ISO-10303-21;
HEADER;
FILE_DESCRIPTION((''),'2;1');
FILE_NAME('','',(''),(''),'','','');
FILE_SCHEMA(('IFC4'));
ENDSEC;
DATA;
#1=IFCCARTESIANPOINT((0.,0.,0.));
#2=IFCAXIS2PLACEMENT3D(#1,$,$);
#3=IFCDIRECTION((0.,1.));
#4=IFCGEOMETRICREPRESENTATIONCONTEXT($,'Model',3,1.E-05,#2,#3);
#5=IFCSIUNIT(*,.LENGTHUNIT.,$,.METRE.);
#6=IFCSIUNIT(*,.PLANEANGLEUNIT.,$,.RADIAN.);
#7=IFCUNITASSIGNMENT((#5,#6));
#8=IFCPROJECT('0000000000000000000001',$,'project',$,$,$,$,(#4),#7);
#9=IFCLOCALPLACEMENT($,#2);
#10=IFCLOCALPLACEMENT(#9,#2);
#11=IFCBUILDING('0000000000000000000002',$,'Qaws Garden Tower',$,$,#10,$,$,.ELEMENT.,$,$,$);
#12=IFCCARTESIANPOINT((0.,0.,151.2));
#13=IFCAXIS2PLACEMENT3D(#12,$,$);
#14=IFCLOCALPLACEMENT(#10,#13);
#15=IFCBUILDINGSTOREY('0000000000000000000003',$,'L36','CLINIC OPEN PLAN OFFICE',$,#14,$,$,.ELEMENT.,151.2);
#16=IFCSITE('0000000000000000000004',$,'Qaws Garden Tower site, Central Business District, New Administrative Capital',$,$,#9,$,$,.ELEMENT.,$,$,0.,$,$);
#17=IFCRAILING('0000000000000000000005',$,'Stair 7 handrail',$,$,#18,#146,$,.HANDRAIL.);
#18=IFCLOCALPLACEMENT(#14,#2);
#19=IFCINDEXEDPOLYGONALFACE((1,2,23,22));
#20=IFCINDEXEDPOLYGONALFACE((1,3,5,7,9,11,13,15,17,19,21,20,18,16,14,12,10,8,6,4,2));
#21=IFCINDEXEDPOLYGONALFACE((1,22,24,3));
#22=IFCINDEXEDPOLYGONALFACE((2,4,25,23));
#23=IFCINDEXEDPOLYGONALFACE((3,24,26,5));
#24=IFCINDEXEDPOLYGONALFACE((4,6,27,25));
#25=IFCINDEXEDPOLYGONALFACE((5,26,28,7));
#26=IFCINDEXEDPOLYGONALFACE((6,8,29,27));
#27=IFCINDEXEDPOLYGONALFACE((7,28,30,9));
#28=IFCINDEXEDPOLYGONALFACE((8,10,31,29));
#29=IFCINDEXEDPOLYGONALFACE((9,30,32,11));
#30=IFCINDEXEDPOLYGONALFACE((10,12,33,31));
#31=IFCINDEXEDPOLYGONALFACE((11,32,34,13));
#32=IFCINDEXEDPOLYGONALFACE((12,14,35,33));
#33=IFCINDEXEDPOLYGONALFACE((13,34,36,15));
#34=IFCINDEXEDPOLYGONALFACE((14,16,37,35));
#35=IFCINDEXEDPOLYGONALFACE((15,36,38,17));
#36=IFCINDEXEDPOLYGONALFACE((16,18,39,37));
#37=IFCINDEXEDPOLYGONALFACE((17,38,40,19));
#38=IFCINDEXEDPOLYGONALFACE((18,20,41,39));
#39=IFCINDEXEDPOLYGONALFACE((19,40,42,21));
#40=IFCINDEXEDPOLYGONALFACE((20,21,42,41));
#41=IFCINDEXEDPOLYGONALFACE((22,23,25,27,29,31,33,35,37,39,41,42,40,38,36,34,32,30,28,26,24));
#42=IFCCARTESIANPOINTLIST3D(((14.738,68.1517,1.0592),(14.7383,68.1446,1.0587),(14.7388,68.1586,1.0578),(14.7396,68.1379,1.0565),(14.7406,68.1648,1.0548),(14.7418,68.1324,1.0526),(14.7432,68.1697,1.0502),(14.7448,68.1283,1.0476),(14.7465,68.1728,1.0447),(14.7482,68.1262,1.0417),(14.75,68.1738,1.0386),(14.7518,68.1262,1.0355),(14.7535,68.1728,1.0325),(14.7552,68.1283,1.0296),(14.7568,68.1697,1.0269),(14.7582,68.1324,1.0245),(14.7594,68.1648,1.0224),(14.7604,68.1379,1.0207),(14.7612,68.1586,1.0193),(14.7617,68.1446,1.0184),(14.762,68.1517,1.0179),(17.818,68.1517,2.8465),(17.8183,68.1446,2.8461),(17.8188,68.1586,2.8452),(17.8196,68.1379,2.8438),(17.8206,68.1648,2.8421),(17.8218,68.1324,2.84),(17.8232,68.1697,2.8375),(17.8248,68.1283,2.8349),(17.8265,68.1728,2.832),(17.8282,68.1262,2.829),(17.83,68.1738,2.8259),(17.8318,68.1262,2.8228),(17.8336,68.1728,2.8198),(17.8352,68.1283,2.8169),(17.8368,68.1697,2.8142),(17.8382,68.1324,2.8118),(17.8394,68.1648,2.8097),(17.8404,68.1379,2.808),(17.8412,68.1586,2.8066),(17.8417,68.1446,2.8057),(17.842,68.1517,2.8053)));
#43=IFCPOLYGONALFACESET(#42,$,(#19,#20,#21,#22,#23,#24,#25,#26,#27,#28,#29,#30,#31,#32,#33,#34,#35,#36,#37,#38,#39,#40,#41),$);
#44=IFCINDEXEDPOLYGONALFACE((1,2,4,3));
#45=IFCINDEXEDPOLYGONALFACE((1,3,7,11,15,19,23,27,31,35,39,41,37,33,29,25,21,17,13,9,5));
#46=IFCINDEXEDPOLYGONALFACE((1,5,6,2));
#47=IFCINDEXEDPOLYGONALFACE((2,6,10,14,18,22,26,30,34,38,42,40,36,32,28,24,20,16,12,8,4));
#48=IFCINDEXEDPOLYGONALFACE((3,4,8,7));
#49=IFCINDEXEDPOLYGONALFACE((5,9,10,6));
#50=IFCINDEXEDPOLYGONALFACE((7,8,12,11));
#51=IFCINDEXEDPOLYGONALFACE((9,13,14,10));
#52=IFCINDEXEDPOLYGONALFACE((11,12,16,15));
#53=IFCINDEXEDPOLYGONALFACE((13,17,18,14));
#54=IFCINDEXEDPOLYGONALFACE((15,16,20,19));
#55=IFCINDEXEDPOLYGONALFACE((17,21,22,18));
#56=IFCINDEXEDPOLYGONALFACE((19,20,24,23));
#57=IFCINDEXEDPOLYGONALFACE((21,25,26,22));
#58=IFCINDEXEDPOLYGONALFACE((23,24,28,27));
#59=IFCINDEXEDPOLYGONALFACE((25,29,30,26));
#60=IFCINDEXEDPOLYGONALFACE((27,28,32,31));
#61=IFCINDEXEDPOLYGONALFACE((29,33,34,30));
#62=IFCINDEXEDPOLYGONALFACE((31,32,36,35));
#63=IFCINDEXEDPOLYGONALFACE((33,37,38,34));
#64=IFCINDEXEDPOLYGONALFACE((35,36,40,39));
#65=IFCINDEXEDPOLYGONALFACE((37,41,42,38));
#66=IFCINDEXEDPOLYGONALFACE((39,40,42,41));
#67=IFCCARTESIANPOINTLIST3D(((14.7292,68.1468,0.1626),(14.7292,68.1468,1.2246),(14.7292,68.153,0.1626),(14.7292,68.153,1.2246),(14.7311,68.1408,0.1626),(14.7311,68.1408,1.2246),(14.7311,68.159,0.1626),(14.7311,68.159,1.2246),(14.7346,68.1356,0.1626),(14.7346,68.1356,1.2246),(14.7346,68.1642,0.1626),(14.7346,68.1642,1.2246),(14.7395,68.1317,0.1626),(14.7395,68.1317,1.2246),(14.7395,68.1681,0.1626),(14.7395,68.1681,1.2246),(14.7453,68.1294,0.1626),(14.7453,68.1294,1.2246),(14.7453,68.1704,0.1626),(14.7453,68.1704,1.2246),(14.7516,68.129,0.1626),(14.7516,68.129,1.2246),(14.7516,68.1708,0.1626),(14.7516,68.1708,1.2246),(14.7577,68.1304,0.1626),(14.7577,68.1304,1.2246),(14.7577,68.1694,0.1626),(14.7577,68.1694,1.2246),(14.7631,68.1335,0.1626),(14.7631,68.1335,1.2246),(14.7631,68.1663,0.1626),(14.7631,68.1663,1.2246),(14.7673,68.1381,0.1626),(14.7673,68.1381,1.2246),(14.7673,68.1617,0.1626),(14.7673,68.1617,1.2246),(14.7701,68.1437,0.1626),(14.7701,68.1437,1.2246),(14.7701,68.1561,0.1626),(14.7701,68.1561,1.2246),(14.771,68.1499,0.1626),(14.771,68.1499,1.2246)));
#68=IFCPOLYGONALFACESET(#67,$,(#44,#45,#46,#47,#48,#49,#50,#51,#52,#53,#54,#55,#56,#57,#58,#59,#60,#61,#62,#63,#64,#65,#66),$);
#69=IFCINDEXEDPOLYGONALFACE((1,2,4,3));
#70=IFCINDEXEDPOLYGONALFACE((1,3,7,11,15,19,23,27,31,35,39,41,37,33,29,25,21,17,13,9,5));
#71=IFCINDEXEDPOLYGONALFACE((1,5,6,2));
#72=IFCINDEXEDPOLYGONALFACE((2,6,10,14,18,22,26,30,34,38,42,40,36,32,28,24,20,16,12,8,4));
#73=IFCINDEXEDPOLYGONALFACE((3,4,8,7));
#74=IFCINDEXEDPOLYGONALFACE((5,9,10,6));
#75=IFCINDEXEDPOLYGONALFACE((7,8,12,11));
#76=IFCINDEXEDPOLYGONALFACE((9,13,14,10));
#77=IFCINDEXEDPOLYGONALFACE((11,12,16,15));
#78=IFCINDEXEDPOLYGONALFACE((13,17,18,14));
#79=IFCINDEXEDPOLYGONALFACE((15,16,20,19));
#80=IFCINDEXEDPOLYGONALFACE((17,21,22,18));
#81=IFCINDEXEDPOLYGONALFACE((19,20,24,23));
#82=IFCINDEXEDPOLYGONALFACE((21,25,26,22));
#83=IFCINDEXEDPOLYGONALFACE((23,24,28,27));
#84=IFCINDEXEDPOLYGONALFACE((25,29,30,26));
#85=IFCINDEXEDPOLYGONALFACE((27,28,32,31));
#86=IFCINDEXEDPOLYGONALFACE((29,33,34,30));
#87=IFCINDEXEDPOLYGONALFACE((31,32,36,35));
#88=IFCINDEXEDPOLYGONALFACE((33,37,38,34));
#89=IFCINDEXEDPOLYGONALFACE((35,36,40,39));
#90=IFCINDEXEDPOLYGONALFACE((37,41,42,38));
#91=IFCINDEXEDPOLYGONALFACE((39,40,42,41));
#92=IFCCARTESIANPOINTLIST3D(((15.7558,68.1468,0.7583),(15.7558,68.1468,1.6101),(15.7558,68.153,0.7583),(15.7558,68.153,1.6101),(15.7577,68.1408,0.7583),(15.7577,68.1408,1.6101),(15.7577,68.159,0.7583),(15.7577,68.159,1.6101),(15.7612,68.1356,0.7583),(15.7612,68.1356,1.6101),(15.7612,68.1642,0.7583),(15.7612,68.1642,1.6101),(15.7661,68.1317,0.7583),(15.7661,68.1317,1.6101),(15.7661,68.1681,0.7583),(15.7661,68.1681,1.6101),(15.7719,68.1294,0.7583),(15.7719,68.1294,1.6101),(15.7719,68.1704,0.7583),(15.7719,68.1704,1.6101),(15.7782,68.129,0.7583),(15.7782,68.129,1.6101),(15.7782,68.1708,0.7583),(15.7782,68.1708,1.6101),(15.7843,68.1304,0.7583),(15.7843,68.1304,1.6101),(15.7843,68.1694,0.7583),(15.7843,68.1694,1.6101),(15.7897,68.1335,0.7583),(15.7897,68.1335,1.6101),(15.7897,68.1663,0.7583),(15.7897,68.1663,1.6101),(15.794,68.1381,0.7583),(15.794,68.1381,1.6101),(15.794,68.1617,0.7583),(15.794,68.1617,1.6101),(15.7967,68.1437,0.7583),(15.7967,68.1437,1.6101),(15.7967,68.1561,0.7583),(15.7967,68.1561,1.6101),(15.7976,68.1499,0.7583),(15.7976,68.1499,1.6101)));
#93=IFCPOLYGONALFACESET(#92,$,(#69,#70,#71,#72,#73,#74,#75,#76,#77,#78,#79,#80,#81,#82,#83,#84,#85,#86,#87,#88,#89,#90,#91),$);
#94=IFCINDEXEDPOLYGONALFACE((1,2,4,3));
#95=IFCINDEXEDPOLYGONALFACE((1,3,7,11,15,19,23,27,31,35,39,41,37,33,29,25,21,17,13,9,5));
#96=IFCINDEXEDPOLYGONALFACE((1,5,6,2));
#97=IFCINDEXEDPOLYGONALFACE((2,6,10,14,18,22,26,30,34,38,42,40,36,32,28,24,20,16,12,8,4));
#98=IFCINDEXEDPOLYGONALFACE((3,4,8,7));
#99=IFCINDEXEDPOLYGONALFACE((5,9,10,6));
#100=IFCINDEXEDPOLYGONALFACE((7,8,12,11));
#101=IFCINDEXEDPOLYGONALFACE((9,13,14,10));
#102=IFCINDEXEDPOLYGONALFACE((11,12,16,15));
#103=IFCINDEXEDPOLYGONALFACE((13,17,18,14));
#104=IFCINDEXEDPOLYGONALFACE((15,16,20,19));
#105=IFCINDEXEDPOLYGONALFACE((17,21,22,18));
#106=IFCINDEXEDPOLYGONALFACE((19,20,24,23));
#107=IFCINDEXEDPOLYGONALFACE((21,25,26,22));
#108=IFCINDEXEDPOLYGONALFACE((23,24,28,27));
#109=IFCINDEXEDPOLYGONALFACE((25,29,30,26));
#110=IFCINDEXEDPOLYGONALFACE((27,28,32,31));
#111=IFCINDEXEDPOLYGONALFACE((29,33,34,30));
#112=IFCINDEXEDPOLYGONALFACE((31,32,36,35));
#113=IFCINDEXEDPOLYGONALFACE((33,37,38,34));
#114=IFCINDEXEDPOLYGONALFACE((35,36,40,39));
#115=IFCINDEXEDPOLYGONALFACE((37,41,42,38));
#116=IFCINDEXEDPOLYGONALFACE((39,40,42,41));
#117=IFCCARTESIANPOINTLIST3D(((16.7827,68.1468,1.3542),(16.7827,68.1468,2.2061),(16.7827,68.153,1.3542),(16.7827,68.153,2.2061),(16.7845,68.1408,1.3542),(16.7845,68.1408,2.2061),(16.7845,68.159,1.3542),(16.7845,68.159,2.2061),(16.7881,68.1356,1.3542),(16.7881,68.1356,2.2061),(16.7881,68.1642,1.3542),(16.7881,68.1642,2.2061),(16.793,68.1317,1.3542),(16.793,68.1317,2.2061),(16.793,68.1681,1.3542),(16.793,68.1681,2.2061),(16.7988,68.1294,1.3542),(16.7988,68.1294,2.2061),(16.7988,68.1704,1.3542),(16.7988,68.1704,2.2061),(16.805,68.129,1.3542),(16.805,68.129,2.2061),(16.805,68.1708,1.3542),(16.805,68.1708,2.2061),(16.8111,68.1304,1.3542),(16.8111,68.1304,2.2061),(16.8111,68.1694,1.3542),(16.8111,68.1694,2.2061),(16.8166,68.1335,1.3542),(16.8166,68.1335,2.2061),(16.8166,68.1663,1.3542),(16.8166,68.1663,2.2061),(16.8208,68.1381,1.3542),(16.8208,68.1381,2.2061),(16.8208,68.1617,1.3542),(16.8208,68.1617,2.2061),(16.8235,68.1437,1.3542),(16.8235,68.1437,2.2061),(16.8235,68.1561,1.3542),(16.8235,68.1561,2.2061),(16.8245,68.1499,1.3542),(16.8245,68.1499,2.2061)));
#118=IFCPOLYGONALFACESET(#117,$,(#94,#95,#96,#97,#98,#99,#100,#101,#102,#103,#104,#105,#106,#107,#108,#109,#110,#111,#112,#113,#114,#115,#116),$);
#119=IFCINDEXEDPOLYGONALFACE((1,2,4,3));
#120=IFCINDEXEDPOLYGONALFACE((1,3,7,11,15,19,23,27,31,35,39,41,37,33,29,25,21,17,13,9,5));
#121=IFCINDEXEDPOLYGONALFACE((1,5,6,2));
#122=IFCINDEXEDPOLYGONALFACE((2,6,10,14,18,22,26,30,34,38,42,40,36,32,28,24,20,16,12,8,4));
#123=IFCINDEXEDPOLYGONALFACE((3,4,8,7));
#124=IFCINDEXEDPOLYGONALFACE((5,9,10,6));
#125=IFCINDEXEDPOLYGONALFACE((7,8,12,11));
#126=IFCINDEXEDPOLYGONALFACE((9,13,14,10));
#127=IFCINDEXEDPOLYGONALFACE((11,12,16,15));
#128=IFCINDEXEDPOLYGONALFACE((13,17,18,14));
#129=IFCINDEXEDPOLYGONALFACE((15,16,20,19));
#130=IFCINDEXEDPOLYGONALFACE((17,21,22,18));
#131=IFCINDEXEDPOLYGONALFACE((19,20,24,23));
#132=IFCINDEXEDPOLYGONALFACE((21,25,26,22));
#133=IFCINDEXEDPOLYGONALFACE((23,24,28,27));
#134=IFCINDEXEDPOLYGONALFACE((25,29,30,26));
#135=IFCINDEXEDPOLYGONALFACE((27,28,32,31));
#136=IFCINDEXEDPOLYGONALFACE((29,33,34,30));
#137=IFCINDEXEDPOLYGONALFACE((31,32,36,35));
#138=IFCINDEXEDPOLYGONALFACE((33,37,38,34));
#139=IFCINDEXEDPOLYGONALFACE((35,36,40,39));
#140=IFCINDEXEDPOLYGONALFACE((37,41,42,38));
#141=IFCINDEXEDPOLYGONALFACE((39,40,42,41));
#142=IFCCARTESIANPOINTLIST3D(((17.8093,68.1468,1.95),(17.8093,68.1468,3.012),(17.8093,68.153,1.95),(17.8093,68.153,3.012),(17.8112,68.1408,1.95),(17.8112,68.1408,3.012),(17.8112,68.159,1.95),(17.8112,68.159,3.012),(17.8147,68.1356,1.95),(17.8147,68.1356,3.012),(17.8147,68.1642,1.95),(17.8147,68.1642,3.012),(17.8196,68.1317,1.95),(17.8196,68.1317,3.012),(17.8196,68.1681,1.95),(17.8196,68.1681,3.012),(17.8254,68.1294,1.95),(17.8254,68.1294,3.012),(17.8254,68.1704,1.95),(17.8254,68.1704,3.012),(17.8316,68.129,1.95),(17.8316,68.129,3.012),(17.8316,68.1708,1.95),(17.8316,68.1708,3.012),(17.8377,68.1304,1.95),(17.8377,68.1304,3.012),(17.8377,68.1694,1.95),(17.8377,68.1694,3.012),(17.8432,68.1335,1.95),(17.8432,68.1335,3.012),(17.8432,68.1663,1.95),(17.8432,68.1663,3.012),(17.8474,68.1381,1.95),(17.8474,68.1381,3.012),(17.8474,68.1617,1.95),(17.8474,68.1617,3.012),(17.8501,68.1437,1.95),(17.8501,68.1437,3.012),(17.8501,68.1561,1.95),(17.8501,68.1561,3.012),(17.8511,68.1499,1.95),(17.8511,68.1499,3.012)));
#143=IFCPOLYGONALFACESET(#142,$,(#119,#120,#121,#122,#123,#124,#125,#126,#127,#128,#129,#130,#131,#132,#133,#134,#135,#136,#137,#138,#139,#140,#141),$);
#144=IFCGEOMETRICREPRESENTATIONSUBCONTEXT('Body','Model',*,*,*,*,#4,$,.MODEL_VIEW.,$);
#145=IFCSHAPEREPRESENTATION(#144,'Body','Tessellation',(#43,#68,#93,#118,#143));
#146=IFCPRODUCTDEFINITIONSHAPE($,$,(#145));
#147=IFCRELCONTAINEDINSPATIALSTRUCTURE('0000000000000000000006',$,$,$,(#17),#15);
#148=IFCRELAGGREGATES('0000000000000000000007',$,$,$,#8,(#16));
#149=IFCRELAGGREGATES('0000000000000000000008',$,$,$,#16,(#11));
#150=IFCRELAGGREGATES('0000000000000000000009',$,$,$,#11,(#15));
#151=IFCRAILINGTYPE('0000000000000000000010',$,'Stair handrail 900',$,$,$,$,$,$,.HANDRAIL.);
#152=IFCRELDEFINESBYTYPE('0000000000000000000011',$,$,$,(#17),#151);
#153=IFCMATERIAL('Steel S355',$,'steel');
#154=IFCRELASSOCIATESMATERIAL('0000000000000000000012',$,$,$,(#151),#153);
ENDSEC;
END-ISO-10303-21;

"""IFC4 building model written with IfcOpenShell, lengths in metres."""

from ifc_helpers import new_model, si_unit, direction, frame, origin, origin_2d, place, context, subcontext, project, spatial, circle, extrude, material, type_object, element, save


model = new_model("IFC4")

# Units and contexts
model_context = context("Model", 3, precision=1e-05, world=origin(), true_north=direction((0.0, 1.0)))
body_context = subcontext(model_context, "Body", "Model", "MODEL_VIEW")
ifc_project = project(units=[si_unit("LENGTHUNIT", "METRE"), si_unit("PLANEANGLEUNIT", "RADIAN")], contexts=[model_context])

# Site, building, storey
site_placement = place(None, origin())
site = spatial("IfcSite", under=ifc_project, at=site_placement, Name="Qaws Garden Tower site, Central Business District, New Administrative Capital", CompositionType="ELEMENT", RefElevation=0.0)
building_placement = place(site_placement, origin())
building = spatial("IfcBuilding", under=site, at=building_placement, Name="Qaws Garden Tower", CompositionType="ELEMENT")
storey_placement = place(building_placement, frame((0.0, 0.0, 151.2)))
storey = spatial("IfcBuildingStorey", under=building, at=storey_placement, Name="L36", Description="CLINIC OPEN PLAN OFFICE", CompositionType="ELEMENT", Elevation=151.2)

# Railing
ifc_material_1 = material(Name="Steel S355", Category="steel")
railing_type = type_object("IfcRailingType", Name="Stair handrail 900", PredefinedType="HANDRAIL", material=ifc_material_1)
railing_1_placement = place(storey_placement, frame((14.75, 68.1499, 0.1626)))
element("IfcRailing", 1, at=railing_1_placement, inside=storey, type_object=railing_type, Name="Stair 7 handrail", PredefinedType="HANDRAIL", context=body_context, shape_type="SweptSolid", body=[
    extrude(circle(Radius=0.0239, at=origin_2d()), frame((0.0, 0.0, 0.876), z_axis=(0.86492, 0.0, 0.501909), x_axis=(0.0, 1.0, 0.0)), (0.0, 0.0, 1.0), 3.561),
    extrude(circle(Radius=0.021, at=origin_2d()), origin(), (0.0, 0.0, 1.0), 1.062),
    extrude(circle(Radius=0.021, at=origin_2d()), frame((1.0266, 0.0, 0.5957)), (0.0, 0.0, 1.0), 0.8518),
    extrude(circle(Radius=0.021, at=origin_2d()), frame((2.0535, 0.0, 1.1917)), (0.0, 0.0, 1.0), 0.8518),
    extrude(circle(Radius=0.021, at=origin_2d()), frame((3.0801, 0.0, 1.7874)), (0.0, 0.0, 1.0), 1.062),
])

save(model, "model.ifc")
